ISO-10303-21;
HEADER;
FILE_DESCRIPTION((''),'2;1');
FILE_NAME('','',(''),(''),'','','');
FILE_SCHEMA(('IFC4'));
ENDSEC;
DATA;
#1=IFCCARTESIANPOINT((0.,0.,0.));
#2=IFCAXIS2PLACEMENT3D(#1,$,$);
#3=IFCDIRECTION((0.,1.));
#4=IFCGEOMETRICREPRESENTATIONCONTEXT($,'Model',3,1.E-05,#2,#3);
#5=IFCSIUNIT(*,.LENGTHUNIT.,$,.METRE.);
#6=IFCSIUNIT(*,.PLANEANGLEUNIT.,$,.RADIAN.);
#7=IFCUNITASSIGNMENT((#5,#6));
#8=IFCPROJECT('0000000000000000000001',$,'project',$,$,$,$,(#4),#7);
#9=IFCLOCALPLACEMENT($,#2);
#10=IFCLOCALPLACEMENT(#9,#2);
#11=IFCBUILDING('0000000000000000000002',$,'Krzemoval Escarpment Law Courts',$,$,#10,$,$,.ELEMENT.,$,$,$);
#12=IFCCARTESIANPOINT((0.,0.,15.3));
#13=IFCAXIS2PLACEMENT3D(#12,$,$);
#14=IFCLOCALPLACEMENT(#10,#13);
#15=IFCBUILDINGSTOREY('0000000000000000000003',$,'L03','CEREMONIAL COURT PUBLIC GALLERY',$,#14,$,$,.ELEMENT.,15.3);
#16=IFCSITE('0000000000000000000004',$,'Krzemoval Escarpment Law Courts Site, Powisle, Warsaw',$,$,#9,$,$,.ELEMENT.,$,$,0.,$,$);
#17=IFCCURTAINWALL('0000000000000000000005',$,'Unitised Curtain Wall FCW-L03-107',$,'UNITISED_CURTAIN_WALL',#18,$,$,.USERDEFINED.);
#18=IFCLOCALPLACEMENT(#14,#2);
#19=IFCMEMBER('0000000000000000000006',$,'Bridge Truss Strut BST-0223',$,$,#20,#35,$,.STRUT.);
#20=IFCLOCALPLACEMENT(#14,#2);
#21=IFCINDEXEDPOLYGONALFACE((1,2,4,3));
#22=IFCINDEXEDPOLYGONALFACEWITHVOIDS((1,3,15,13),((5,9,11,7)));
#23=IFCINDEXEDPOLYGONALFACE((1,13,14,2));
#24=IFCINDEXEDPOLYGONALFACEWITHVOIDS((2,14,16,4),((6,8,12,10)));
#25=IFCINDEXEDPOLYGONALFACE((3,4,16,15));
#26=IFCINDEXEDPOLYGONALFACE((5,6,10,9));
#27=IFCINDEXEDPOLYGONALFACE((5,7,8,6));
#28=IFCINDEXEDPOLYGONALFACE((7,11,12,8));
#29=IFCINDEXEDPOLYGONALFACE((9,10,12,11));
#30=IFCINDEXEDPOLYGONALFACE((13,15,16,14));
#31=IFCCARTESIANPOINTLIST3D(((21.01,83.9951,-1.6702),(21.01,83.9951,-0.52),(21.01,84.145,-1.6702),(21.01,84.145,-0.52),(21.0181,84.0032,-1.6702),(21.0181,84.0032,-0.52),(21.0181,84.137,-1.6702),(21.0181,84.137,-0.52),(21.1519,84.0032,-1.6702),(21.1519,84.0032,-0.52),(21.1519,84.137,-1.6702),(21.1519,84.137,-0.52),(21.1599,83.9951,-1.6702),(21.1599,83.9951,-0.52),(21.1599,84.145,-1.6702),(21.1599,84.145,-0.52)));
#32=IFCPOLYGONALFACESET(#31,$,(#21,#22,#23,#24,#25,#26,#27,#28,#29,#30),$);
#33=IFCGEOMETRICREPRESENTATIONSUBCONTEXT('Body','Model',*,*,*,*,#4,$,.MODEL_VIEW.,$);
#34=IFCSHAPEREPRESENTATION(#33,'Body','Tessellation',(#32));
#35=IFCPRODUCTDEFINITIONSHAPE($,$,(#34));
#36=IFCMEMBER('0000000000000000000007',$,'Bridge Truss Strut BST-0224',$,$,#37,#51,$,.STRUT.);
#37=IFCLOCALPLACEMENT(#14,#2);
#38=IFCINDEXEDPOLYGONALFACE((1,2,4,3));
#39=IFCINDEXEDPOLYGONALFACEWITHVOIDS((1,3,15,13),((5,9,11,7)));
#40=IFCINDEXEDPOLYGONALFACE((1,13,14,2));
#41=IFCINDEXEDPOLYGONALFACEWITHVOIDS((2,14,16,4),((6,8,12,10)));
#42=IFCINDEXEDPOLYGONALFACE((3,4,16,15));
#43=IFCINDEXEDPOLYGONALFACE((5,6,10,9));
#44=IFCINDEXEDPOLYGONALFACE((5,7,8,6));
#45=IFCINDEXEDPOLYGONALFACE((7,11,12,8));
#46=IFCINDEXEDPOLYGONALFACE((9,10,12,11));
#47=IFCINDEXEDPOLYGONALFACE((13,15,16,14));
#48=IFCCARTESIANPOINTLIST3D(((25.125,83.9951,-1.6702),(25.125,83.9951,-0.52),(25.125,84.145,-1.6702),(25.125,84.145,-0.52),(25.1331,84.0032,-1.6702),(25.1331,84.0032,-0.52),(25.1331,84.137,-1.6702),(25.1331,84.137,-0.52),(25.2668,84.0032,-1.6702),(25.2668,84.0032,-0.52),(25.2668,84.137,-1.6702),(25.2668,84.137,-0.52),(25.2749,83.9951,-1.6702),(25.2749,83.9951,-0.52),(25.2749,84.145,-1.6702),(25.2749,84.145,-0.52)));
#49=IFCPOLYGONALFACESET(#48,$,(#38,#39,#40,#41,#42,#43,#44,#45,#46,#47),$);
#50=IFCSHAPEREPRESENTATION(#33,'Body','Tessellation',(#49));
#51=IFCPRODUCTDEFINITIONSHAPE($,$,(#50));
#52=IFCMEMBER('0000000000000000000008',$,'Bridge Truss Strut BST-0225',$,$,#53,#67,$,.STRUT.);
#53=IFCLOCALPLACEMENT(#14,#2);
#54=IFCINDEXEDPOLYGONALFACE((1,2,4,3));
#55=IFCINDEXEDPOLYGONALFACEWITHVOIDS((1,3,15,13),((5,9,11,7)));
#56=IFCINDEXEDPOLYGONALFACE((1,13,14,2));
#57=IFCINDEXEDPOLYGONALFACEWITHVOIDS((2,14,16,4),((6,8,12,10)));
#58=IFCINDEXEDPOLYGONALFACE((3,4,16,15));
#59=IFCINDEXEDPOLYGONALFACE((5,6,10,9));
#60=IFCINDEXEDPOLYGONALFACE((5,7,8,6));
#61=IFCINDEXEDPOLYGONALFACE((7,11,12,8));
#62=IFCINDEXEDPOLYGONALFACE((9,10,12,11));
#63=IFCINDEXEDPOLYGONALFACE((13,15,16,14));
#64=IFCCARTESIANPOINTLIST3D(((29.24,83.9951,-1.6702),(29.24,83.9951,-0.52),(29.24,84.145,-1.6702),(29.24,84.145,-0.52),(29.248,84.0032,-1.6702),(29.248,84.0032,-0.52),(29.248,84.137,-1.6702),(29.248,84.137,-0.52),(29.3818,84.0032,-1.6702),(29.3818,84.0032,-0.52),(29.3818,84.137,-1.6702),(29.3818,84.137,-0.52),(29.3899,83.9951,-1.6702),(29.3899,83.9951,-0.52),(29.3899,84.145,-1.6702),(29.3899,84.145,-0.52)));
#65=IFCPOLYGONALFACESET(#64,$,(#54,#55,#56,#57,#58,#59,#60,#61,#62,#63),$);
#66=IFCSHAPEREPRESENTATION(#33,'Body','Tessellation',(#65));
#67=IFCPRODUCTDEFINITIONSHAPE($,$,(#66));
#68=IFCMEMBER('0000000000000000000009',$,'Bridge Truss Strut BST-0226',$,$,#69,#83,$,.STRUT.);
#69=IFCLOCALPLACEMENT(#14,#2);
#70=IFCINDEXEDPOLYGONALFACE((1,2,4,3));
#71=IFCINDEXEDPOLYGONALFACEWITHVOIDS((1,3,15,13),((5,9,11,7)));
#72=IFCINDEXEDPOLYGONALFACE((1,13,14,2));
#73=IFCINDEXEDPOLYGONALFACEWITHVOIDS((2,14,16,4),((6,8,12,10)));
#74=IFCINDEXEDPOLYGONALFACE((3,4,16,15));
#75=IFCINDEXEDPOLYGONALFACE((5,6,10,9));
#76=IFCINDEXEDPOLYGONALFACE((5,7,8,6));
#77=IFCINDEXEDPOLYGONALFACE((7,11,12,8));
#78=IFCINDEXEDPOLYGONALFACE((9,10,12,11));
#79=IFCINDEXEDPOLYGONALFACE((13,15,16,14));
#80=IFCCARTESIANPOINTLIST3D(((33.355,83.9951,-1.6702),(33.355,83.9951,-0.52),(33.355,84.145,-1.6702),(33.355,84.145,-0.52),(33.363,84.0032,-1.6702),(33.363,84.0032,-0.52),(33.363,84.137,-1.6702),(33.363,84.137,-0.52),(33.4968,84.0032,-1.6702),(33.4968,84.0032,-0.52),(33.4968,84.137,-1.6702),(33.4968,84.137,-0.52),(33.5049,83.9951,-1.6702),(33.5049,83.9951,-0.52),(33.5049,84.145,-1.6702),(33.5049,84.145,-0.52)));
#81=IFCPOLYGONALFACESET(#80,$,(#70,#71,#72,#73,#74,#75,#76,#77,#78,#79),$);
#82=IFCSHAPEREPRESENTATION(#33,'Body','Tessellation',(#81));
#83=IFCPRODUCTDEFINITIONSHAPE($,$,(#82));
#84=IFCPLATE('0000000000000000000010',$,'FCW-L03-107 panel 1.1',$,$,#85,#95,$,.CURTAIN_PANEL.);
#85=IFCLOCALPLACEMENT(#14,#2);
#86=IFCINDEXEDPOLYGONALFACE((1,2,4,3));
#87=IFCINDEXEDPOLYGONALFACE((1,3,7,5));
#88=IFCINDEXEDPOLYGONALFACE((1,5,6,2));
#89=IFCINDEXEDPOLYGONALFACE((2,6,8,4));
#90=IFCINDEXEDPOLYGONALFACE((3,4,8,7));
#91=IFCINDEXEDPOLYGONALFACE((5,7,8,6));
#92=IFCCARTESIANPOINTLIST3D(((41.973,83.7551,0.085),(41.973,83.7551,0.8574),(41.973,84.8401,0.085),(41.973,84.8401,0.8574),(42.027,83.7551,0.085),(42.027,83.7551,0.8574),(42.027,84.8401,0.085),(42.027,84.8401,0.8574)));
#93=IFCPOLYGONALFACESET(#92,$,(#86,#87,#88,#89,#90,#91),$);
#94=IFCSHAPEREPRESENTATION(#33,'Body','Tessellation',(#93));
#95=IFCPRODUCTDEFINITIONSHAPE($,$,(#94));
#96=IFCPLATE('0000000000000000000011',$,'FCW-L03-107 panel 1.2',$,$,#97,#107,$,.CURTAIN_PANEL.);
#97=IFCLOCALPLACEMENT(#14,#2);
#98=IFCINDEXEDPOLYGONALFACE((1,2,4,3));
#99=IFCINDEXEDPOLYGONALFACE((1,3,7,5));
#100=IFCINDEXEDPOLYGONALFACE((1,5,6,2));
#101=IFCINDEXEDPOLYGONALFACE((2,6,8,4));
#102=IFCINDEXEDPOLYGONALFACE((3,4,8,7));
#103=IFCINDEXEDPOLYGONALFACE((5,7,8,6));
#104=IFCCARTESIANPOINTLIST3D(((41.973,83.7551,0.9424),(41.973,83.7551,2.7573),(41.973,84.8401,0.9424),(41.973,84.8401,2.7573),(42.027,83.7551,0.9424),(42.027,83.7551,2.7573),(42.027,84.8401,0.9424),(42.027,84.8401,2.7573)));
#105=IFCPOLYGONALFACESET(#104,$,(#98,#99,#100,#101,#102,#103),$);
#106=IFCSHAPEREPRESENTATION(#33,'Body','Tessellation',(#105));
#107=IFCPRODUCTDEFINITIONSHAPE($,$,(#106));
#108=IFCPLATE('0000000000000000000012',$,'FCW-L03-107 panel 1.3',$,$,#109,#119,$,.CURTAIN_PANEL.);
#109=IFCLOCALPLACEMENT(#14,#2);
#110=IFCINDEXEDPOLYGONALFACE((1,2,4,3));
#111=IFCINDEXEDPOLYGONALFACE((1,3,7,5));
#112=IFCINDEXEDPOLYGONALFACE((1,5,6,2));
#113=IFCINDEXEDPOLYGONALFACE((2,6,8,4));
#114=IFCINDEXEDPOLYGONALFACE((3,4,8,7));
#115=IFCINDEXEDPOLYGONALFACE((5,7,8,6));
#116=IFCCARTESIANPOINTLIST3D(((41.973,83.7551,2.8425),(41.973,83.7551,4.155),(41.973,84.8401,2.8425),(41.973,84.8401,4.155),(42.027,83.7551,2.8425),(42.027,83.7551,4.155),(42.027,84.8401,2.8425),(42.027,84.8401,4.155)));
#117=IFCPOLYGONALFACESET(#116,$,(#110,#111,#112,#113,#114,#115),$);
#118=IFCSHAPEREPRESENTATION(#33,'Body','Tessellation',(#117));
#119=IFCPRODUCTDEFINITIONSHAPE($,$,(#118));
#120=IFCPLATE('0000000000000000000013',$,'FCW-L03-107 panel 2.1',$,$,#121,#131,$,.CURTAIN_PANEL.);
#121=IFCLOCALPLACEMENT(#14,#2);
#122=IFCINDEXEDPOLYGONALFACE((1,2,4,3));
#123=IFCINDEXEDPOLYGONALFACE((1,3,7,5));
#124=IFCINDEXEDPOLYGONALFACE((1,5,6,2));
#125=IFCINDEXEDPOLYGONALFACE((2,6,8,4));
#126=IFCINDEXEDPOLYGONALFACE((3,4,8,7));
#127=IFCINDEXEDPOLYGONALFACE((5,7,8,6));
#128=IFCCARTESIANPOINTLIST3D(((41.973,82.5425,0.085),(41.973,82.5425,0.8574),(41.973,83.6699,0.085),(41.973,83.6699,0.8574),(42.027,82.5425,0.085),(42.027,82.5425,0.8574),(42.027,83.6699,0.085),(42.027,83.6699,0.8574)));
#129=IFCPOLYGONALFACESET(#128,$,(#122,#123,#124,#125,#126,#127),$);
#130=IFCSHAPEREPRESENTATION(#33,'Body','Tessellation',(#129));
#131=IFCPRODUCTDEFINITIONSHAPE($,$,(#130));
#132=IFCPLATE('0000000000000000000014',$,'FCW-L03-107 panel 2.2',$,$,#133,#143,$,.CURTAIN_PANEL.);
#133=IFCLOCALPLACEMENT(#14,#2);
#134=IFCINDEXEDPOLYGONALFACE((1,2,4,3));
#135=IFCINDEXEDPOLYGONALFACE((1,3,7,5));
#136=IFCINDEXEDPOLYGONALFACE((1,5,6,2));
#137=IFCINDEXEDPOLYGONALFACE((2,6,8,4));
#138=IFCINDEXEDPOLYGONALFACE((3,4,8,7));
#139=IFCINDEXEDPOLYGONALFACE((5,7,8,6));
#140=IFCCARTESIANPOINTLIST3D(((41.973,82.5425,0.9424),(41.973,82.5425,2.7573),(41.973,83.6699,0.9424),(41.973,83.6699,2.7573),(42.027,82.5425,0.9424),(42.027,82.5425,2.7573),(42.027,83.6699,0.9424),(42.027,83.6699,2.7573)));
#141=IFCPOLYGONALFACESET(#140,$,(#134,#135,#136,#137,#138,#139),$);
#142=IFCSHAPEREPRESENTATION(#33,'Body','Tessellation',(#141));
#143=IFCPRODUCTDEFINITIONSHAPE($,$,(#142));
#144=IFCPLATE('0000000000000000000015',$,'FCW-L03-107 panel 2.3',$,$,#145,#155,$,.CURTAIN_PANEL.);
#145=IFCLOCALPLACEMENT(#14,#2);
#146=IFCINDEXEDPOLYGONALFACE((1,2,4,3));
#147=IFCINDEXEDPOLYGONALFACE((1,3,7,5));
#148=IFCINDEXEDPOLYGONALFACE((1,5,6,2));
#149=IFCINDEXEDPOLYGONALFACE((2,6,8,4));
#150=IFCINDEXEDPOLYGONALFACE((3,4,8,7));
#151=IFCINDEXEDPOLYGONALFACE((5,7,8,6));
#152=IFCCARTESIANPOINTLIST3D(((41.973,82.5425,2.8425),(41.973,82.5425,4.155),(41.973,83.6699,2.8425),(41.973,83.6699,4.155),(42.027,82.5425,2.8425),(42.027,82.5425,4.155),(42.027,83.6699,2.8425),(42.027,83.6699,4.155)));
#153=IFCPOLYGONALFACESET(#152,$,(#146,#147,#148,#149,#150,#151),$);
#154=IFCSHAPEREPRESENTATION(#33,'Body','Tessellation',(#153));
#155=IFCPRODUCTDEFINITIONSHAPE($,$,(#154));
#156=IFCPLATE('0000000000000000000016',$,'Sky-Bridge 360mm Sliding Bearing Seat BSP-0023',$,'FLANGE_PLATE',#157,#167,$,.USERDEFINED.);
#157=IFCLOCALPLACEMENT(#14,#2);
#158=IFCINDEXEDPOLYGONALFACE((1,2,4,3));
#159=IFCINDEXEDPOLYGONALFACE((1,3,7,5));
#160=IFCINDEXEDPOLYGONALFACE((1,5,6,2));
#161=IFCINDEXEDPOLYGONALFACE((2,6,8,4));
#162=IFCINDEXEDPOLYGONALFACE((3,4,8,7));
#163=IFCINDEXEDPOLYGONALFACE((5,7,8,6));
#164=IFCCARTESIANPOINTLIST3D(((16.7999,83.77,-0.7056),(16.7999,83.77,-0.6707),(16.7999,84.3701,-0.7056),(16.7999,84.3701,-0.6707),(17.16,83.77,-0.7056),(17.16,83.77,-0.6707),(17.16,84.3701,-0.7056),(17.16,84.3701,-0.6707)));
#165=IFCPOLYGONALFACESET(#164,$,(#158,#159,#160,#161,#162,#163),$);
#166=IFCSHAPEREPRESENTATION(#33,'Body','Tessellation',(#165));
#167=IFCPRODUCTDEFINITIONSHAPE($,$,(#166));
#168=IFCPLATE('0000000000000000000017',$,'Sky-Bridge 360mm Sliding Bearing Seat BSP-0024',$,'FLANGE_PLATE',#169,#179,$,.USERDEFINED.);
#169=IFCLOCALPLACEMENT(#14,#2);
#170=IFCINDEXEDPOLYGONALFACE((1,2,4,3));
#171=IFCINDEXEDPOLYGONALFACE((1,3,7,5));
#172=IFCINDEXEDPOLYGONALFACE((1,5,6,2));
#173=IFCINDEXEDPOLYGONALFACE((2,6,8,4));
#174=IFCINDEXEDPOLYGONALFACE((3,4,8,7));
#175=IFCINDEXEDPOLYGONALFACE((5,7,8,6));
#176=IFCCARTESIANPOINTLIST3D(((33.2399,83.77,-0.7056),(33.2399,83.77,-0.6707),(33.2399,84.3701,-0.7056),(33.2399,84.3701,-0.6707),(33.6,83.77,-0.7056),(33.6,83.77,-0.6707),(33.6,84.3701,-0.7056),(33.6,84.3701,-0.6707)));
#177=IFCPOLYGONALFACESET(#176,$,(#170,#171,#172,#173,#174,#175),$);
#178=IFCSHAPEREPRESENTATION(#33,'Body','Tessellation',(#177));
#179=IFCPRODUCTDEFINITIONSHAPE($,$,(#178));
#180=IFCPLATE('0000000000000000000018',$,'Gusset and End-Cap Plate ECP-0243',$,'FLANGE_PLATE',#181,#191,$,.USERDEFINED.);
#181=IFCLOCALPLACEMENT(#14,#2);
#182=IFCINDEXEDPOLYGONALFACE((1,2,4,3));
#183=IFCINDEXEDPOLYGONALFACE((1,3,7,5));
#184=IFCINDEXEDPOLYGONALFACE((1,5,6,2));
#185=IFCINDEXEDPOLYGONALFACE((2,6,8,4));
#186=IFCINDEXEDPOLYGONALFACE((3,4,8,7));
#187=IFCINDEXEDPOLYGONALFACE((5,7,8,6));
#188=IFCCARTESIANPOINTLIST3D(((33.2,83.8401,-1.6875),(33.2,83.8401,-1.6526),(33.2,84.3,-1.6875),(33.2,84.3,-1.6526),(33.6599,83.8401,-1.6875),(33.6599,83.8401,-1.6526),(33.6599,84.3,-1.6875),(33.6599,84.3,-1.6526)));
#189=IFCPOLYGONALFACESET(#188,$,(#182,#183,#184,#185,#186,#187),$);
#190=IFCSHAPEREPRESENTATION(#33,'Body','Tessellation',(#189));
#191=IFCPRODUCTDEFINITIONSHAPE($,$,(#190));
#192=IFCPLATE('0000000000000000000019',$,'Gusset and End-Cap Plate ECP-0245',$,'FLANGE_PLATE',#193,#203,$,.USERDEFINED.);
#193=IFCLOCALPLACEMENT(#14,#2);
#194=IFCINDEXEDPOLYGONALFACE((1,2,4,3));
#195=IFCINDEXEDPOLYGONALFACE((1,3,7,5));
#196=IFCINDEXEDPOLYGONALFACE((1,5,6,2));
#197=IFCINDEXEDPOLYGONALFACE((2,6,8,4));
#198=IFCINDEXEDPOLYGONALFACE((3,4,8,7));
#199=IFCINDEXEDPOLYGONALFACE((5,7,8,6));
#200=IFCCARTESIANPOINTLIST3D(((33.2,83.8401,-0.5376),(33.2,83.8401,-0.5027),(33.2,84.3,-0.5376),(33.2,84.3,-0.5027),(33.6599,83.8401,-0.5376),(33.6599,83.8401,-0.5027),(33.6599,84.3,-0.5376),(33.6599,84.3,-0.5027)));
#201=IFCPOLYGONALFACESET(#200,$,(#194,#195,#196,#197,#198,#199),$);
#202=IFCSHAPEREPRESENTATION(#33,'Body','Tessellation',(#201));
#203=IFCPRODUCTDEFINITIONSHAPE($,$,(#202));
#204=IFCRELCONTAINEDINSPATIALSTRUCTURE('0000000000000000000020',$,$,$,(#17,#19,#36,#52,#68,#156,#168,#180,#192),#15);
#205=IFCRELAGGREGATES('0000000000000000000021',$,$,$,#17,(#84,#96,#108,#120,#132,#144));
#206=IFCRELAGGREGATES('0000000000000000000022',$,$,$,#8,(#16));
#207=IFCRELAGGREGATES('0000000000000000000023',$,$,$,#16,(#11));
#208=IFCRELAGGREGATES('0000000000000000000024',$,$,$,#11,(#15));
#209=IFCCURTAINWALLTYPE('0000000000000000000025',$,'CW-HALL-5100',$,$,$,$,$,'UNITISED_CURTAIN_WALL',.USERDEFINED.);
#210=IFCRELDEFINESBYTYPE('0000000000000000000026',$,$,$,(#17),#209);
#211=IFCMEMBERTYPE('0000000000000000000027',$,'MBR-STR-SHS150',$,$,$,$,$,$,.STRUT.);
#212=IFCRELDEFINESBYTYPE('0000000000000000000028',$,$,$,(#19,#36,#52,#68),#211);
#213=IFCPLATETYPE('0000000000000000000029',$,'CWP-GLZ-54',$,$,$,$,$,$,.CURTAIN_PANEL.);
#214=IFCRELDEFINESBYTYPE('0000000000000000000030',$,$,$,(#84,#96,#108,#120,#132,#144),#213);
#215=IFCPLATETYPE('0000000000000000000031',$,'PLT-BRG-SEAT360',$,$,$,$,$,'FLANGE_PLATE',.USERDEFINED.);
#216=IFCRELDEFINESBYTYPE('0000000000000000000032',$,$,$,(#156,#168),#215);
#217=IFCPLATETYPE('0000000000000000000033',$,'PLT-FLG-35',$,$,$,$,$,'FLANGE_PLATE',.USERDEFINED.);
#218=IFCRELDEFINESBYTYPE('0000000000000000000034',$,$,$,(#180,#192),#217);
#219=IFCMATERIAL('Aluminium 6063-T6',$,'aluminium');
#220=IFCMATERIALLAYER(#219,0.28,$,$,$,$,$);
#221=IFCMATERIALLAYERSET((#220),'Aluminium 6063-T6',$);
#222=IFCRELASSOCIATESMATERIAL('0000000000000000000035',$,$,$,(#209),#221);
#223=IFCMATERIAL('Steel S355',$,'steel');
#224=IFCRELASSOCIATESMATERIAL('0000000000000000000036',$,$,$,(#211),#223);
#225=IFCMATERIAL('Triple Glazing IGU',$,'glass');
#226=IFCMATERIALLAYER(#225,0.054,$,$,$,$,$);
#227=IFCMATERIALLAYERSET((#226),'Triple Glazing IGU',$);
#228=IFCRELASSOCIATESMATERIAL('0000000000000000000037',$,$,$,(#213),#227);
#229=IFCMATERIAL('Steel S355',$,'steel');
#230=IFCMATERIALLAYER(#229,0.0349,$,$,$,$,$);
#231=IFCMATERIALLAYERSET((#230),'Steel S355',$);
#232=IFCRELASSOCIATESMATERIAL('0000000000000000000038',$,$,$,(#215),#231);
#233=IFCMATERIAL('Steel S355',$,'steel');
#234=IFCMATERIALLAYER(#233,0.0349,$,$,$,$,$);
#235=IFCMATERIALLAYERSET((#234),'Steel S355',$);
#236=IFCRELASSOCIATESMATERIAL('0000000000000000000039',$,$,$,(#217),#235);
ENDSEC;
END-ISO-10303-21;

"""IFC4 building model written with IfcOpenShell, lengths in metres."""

from ifc_helpers import new_model, si_unit, direction, frame, origin, origin_2d, place, context, subcontext, project, spatial, rectangle, hollow_rectangle, extrude, material, layer, layer_set, material_profile, profile_set, type_object, element, aggregate, save


model = new_model("IFC4")

# Units and contexts
model_context = context("Model", 3, precision=1e-05, world=origin(), true_north=direction((0.0, 1.0)))
body_context = subcontext(model_context, "Body", "Model", "MODEL_VIEW")
ifc_project = project(units=[si_unit("LENGTHUNIT", "METRE"), si_unit("PLANEANGLEUNIT", "RADIAN")], contexts=[model_context])

# Site, building, storey
site_placement = place(None, origin())
site = spatial("IfcSite", under=ifc_project, at=site_placement, Name="Krzemoval Escarpment Law Courts Site, Powisle, Warsaw", CompositionType="ELEMENT", RefElevation=0.0)
building_placement = place(site_placement, origin())
building = spatial("IfcBuilding", under=site, at=building_placement, Name="Krzemoval Escarpment Law Courts", CompositionType="ELEMENT")
storey_placement = place(building_placement, frame((0.0, 0.0, 15.3)))
storey = spatial("IfcBuildingStorey", under=building, at=storey_placement, Name="L03", Description="CEREMONIAL COURT PUBLIC GALLERY", CompositionType="ELEMENT", Elevation=15.3)

# Curtain wall
ifc_material_1 = material(Name="Aluminium 6063-T6", Category="aluminium")
ifc_layer_1 = layer(ifc_material_1, 0.28)
ifc_layer_set_1 = layer_set([ifc_layer_1], Name="Aluminium 6063-T6")
curtain_wall_type = type_object("IfcCurtainWallType", Name="CW-HALL-5100", ElementType="UNITISED_CURTAIN_WALL", PredefinedType="USERDEFINED", material=ifc_layer_set_1)
curtain_wall_placement = place(storey_placement, origin())
curtain_wall = element("IfcCurtainWall", 1, at=curtain_wall_placement, inside=storey, type_object=curtain_wall_type, Name="Unitised Curtain Wall FCW-L03-107", ObjectType="UNITISED_CURTAIN_WALL", PredefinedType="USERDEFINED")

# Members
ifc_material_2 = material(Name="Steel S355", Category="steel")
ifc_material_profile_1 = material_profile(ifc_material_2, hollow_rectangle(XDim=0.1499, YDim=0.1499, WallThickness=0.0081, at=origin_2d()), Name="SHS 150x150x8")
ifc_profile_set_1 = profile_set([ifc_material_profile_1], Name="Steel S355")
member_type_1 = type_object("IfcMemberType", Name="MBR-STR-SHS150", PredefinedType="STRUT", material=ifc_profile_set_1)
for number, where, z_axis, x_axis, name in (
    (2, (21.085, 84.0701, -1.6702), (0.0, 0.0, 1.0), (1.0, 0.0, 0.0), "Bridge Truss Strut BST-0223"),
    (3, (25.2, 84.0701, -1.6702), (0.0, 0.0, 1.0), (1.0, 0.0, 0.0), "Bridge Truss Strut BST-0224"),
    (4, (29.3149, 84.0701, -1.6702), (0.0, 0.0, 1.0), (1.0, 0.0, 0.0), "Bridge Truss Strut BST-0225"),
    (5, (33.4299, 84.0701, -1.6702), (0.0, 0.0, 1.0), (1.0, 0.0, 0.0), "Bridge Truss Strut BST-0226"),
):
    element("IfcMember", number, at=place(storey_placement, frame(where, z_axis=z_axis, x_axis=x_axis)), inside=storey, type_object=member_type_1, Name=name, PredefinedType="STRUT", context=body_context, shape_type="SweptSolid", body=[
        extrude(hollow_rectangle(XDim=0.1499, YDim=0.1499, WallThickness=0.0081, at=origin_2d()), origin(), (0.0, 0.0, 1.0), 1.1501),
    ])

# Plates
ifc_material_3 = material(Name="Triple Glazing IGU", Category="glass")
ifc_layer_2 = layer(ifc_material_3, 0.054)
ifc_layer_set_2 = layer_set([ifc_layer_2], Name="Triple Glazing IGU")
plate_type_1 = type_object("IfcPlateType", Name="CWP-GLZ-54", PredefinedType="CURTAIN_PANEL", material=ifc_layer_set_2)
plate_1_placement = place(storey_placement, frame((42.0, 84.2976, 0.085), z_axis=(0.0, 0.0, 1.0), x_axis=(0.0, -1.0, 0.0)))
plate_1 = element("IfcPlate", 6, at=plate_1_placement, type_object=plate_type_1, Name="FCW-L03-107 panel 1.1", PredefinedType="CURTAIN_PANEL", context=body_context, shape_type="SweptSolid", body=[
    extrude(rectangle(XDim=1.085, YDim=0.054, at=origin_2d()), origin(), (0.0, 0.0, 1.0), 0.7725),
])
plate_2_placement = place(storey_placement, frame((42.0, 84.2976, 0.9424), z_axis=(0.0, 0.0, 1.0), x_axis=(0.0, -1.0, 0.0)))
plate_2 = element("IfcPlate", 7, at=plate_2_placement, type_object=plate_type_1, Name="FCW-L03-107 panel 1.2", PredefinedType="CURTAIN_PANEL", context=body_context, shape_type="SweptSolid", body=[
    extrude(rectangle(XDim=1.085, YDim=0.054, at=origin_2d()), origin(), (0.0, 0.0, 1.0), 1.8149),
])
plate_3_placement = place(storey_placement, frame((42.0, 84.2976, 2.8425), z_axis=(0.0, 0.0, 1.0), x_axis=(0.0, -1.0, 0.0)))
plate_3 = element("IfcPlate", 8, at=plate_3_placement, type_object=plate_type_1, Name="FCW-L03-107 panel 1.3", PredefinedType="CURTAIN_PANEL", context=body_context, shape_type="SweptSolid", body=[
    extrude(rectangle(XDim=1.085, YDim=0.054, at=origin_2d()), origin(), (0.0, 0.0, 1.0), 1.3125),
])
plate_4_placement = place(storey_placement, frame((42.0, 83.1062, 0.085), z_axis=(0.0, 0.0, 1.0), x_axis=(0.0, -1.0, 0.0)))
plate_4 = element("IfcPlate", 9, at=plate_4_placement, type_object=plate_type_1, Name="FCW-L03-107 panel 2.1", PredefinedType="CURTAIN_PANEL", context=body_context, shape_type="SweptSolid", body=[
    extrude(rectangle(XDim=1.1274, YDim=0.054, at=origin_2d()), origin(), (0.0, 0.0, 1.0), 0.7725),
])
plate_5_placement = place(storey_placement, frame((42.0, 83.1062, 0.9424), z_axis=(0.0, 0.0, 1.0), x_axis=(0.0, -1.0, 0.0)))
plate_5 = element("IfcPlate", 10, at=plate_5_placement, type_object=plate_type_1, Name="FCW-L03-107 panel 2.2", PredefinedType="CURTAIN_PANEL", context=body_context, shape_type="SweptSolid", body=[
    extrude(rectangle(XDim=1.1274, YDim=0.054, at=origin_2d()), origin(), (0.0, 0.0, 1.0), 1.8149),
])
plate_6_placement = place(storey_placement, frame((42.0, 83.1062, 2.8425), z_axis=(0.0, 0.0, 1.0), x_axis=(0.0, -1.0, 0.0)))
plate_6 = element("IfcPlate", 11, at=plate_6_placement, type_object=plate_type_1, Name="FCW-L03-107 panel 2.3", PredefinedType="CURTAIN_PANEL", context=body_context, shape_type="SweptSolid", body=[
    extrude(rectangle(XDim=1.1274, YDim=0.054, at=origin_2d()), origin(), (0.0, 0.0, 1.0), 1.3125),
])
aggregate(curtain_wall, [plate_1, plate_2, plate_3, plate_4, plate_5, plate_6])

# Plates
ifc_material_4 = material(Name="Steel S355", Category="steel")
ifc_layer_3 = layer(ifc_material_4, 0.0349)
ifc_layer_set_3 = layer_set([ifc_layer_3], Name="Steel S355")
plate_type_2 = type_object("IfcPlateType", Name="PLT-BRG-SEAT360", ElementType="FLANGE_PLATE", PredefinedType="USERDEFINED", material=ifc_layer_set_3)
for number, where, z_axis, x_axis, name in (
    (12, (16.98, 84.0701, -0.7056), (0.0, 0.0, 1.0), (1.0, 0.0, 0.0), "Sky-Bridge 360mm Sliding Bearing Seat BSP-0023"),
    (13, (33.4199, 84.0701, -0.7056), (0.0, 0.0, 1.0), (1.0, 0.0, 0.0), "Sky-Bridge 360mm Sliding Bearing Seat BSP-0024"),
):
    element("IfcPlate", number, at=place(storey_placement, frame(where, z_axis=z_axis, x_axis=x_axis)), inside=storey, type_object=plate_type_2, Name=name, ObjectType="FLANGE_PLATE", PredefinedType="USERDEFINED", context=body_context, shape_type="SweptSolid", body=[
        extrude(rectangle(XDim=0.3601, YDim=0.6001, at=origin_2d()), origin(), (0.0, 0.0, 1.0), 0.0349),
    ])
ifc_material_5 = material(Name="Steel S355", Category="steel")
ifc_layer_4 = layer(ifc_material_5, 0.0349)
ifc_layer_set_4 = layer_set([ifc_layer_4], Name="Steel S355")
plate_type_3 = type_object("IfcPlateType", Name="PLT-FLG-35", ElementType="FLANGE_PLATE", PredefinedType="USERDEFINED", material=ifc_layer_set_4)
for number, where, z_axis, x_axis, name in (
    (14, (33.4299, 84.0701, -1.6875), (0.0, 0.0, 1.0), (1.0, 0.0, 0.0), "Gusset and End-Cap Plate ECP-0243"),
    (15, (33.4299, 84.0701, -0.5376), (0.0, 0.0, 1.0), (1.0, 0.0, 0.0), "Gusset and End-Cap Plate ECP-0245"),
):
    element("IfcPlate", number, at=place(storey_placement, frame(where, z_axis=z_axis, x_axis=x_axis)), inside=storey, type_object=plate_type_3, Name=name, ObjectType="FLANGE_PLATE", PredefinedType="USERDEFINED", context=body_context, shape_type="SweptSolid", body=[
        extrude(rectangle(XDim=0.46, YDim=0.46, at=origin_2d()), origin(), (0.0, 0.0, 1.0), 0.0349),
    ])

save(model, "model.ifc")
